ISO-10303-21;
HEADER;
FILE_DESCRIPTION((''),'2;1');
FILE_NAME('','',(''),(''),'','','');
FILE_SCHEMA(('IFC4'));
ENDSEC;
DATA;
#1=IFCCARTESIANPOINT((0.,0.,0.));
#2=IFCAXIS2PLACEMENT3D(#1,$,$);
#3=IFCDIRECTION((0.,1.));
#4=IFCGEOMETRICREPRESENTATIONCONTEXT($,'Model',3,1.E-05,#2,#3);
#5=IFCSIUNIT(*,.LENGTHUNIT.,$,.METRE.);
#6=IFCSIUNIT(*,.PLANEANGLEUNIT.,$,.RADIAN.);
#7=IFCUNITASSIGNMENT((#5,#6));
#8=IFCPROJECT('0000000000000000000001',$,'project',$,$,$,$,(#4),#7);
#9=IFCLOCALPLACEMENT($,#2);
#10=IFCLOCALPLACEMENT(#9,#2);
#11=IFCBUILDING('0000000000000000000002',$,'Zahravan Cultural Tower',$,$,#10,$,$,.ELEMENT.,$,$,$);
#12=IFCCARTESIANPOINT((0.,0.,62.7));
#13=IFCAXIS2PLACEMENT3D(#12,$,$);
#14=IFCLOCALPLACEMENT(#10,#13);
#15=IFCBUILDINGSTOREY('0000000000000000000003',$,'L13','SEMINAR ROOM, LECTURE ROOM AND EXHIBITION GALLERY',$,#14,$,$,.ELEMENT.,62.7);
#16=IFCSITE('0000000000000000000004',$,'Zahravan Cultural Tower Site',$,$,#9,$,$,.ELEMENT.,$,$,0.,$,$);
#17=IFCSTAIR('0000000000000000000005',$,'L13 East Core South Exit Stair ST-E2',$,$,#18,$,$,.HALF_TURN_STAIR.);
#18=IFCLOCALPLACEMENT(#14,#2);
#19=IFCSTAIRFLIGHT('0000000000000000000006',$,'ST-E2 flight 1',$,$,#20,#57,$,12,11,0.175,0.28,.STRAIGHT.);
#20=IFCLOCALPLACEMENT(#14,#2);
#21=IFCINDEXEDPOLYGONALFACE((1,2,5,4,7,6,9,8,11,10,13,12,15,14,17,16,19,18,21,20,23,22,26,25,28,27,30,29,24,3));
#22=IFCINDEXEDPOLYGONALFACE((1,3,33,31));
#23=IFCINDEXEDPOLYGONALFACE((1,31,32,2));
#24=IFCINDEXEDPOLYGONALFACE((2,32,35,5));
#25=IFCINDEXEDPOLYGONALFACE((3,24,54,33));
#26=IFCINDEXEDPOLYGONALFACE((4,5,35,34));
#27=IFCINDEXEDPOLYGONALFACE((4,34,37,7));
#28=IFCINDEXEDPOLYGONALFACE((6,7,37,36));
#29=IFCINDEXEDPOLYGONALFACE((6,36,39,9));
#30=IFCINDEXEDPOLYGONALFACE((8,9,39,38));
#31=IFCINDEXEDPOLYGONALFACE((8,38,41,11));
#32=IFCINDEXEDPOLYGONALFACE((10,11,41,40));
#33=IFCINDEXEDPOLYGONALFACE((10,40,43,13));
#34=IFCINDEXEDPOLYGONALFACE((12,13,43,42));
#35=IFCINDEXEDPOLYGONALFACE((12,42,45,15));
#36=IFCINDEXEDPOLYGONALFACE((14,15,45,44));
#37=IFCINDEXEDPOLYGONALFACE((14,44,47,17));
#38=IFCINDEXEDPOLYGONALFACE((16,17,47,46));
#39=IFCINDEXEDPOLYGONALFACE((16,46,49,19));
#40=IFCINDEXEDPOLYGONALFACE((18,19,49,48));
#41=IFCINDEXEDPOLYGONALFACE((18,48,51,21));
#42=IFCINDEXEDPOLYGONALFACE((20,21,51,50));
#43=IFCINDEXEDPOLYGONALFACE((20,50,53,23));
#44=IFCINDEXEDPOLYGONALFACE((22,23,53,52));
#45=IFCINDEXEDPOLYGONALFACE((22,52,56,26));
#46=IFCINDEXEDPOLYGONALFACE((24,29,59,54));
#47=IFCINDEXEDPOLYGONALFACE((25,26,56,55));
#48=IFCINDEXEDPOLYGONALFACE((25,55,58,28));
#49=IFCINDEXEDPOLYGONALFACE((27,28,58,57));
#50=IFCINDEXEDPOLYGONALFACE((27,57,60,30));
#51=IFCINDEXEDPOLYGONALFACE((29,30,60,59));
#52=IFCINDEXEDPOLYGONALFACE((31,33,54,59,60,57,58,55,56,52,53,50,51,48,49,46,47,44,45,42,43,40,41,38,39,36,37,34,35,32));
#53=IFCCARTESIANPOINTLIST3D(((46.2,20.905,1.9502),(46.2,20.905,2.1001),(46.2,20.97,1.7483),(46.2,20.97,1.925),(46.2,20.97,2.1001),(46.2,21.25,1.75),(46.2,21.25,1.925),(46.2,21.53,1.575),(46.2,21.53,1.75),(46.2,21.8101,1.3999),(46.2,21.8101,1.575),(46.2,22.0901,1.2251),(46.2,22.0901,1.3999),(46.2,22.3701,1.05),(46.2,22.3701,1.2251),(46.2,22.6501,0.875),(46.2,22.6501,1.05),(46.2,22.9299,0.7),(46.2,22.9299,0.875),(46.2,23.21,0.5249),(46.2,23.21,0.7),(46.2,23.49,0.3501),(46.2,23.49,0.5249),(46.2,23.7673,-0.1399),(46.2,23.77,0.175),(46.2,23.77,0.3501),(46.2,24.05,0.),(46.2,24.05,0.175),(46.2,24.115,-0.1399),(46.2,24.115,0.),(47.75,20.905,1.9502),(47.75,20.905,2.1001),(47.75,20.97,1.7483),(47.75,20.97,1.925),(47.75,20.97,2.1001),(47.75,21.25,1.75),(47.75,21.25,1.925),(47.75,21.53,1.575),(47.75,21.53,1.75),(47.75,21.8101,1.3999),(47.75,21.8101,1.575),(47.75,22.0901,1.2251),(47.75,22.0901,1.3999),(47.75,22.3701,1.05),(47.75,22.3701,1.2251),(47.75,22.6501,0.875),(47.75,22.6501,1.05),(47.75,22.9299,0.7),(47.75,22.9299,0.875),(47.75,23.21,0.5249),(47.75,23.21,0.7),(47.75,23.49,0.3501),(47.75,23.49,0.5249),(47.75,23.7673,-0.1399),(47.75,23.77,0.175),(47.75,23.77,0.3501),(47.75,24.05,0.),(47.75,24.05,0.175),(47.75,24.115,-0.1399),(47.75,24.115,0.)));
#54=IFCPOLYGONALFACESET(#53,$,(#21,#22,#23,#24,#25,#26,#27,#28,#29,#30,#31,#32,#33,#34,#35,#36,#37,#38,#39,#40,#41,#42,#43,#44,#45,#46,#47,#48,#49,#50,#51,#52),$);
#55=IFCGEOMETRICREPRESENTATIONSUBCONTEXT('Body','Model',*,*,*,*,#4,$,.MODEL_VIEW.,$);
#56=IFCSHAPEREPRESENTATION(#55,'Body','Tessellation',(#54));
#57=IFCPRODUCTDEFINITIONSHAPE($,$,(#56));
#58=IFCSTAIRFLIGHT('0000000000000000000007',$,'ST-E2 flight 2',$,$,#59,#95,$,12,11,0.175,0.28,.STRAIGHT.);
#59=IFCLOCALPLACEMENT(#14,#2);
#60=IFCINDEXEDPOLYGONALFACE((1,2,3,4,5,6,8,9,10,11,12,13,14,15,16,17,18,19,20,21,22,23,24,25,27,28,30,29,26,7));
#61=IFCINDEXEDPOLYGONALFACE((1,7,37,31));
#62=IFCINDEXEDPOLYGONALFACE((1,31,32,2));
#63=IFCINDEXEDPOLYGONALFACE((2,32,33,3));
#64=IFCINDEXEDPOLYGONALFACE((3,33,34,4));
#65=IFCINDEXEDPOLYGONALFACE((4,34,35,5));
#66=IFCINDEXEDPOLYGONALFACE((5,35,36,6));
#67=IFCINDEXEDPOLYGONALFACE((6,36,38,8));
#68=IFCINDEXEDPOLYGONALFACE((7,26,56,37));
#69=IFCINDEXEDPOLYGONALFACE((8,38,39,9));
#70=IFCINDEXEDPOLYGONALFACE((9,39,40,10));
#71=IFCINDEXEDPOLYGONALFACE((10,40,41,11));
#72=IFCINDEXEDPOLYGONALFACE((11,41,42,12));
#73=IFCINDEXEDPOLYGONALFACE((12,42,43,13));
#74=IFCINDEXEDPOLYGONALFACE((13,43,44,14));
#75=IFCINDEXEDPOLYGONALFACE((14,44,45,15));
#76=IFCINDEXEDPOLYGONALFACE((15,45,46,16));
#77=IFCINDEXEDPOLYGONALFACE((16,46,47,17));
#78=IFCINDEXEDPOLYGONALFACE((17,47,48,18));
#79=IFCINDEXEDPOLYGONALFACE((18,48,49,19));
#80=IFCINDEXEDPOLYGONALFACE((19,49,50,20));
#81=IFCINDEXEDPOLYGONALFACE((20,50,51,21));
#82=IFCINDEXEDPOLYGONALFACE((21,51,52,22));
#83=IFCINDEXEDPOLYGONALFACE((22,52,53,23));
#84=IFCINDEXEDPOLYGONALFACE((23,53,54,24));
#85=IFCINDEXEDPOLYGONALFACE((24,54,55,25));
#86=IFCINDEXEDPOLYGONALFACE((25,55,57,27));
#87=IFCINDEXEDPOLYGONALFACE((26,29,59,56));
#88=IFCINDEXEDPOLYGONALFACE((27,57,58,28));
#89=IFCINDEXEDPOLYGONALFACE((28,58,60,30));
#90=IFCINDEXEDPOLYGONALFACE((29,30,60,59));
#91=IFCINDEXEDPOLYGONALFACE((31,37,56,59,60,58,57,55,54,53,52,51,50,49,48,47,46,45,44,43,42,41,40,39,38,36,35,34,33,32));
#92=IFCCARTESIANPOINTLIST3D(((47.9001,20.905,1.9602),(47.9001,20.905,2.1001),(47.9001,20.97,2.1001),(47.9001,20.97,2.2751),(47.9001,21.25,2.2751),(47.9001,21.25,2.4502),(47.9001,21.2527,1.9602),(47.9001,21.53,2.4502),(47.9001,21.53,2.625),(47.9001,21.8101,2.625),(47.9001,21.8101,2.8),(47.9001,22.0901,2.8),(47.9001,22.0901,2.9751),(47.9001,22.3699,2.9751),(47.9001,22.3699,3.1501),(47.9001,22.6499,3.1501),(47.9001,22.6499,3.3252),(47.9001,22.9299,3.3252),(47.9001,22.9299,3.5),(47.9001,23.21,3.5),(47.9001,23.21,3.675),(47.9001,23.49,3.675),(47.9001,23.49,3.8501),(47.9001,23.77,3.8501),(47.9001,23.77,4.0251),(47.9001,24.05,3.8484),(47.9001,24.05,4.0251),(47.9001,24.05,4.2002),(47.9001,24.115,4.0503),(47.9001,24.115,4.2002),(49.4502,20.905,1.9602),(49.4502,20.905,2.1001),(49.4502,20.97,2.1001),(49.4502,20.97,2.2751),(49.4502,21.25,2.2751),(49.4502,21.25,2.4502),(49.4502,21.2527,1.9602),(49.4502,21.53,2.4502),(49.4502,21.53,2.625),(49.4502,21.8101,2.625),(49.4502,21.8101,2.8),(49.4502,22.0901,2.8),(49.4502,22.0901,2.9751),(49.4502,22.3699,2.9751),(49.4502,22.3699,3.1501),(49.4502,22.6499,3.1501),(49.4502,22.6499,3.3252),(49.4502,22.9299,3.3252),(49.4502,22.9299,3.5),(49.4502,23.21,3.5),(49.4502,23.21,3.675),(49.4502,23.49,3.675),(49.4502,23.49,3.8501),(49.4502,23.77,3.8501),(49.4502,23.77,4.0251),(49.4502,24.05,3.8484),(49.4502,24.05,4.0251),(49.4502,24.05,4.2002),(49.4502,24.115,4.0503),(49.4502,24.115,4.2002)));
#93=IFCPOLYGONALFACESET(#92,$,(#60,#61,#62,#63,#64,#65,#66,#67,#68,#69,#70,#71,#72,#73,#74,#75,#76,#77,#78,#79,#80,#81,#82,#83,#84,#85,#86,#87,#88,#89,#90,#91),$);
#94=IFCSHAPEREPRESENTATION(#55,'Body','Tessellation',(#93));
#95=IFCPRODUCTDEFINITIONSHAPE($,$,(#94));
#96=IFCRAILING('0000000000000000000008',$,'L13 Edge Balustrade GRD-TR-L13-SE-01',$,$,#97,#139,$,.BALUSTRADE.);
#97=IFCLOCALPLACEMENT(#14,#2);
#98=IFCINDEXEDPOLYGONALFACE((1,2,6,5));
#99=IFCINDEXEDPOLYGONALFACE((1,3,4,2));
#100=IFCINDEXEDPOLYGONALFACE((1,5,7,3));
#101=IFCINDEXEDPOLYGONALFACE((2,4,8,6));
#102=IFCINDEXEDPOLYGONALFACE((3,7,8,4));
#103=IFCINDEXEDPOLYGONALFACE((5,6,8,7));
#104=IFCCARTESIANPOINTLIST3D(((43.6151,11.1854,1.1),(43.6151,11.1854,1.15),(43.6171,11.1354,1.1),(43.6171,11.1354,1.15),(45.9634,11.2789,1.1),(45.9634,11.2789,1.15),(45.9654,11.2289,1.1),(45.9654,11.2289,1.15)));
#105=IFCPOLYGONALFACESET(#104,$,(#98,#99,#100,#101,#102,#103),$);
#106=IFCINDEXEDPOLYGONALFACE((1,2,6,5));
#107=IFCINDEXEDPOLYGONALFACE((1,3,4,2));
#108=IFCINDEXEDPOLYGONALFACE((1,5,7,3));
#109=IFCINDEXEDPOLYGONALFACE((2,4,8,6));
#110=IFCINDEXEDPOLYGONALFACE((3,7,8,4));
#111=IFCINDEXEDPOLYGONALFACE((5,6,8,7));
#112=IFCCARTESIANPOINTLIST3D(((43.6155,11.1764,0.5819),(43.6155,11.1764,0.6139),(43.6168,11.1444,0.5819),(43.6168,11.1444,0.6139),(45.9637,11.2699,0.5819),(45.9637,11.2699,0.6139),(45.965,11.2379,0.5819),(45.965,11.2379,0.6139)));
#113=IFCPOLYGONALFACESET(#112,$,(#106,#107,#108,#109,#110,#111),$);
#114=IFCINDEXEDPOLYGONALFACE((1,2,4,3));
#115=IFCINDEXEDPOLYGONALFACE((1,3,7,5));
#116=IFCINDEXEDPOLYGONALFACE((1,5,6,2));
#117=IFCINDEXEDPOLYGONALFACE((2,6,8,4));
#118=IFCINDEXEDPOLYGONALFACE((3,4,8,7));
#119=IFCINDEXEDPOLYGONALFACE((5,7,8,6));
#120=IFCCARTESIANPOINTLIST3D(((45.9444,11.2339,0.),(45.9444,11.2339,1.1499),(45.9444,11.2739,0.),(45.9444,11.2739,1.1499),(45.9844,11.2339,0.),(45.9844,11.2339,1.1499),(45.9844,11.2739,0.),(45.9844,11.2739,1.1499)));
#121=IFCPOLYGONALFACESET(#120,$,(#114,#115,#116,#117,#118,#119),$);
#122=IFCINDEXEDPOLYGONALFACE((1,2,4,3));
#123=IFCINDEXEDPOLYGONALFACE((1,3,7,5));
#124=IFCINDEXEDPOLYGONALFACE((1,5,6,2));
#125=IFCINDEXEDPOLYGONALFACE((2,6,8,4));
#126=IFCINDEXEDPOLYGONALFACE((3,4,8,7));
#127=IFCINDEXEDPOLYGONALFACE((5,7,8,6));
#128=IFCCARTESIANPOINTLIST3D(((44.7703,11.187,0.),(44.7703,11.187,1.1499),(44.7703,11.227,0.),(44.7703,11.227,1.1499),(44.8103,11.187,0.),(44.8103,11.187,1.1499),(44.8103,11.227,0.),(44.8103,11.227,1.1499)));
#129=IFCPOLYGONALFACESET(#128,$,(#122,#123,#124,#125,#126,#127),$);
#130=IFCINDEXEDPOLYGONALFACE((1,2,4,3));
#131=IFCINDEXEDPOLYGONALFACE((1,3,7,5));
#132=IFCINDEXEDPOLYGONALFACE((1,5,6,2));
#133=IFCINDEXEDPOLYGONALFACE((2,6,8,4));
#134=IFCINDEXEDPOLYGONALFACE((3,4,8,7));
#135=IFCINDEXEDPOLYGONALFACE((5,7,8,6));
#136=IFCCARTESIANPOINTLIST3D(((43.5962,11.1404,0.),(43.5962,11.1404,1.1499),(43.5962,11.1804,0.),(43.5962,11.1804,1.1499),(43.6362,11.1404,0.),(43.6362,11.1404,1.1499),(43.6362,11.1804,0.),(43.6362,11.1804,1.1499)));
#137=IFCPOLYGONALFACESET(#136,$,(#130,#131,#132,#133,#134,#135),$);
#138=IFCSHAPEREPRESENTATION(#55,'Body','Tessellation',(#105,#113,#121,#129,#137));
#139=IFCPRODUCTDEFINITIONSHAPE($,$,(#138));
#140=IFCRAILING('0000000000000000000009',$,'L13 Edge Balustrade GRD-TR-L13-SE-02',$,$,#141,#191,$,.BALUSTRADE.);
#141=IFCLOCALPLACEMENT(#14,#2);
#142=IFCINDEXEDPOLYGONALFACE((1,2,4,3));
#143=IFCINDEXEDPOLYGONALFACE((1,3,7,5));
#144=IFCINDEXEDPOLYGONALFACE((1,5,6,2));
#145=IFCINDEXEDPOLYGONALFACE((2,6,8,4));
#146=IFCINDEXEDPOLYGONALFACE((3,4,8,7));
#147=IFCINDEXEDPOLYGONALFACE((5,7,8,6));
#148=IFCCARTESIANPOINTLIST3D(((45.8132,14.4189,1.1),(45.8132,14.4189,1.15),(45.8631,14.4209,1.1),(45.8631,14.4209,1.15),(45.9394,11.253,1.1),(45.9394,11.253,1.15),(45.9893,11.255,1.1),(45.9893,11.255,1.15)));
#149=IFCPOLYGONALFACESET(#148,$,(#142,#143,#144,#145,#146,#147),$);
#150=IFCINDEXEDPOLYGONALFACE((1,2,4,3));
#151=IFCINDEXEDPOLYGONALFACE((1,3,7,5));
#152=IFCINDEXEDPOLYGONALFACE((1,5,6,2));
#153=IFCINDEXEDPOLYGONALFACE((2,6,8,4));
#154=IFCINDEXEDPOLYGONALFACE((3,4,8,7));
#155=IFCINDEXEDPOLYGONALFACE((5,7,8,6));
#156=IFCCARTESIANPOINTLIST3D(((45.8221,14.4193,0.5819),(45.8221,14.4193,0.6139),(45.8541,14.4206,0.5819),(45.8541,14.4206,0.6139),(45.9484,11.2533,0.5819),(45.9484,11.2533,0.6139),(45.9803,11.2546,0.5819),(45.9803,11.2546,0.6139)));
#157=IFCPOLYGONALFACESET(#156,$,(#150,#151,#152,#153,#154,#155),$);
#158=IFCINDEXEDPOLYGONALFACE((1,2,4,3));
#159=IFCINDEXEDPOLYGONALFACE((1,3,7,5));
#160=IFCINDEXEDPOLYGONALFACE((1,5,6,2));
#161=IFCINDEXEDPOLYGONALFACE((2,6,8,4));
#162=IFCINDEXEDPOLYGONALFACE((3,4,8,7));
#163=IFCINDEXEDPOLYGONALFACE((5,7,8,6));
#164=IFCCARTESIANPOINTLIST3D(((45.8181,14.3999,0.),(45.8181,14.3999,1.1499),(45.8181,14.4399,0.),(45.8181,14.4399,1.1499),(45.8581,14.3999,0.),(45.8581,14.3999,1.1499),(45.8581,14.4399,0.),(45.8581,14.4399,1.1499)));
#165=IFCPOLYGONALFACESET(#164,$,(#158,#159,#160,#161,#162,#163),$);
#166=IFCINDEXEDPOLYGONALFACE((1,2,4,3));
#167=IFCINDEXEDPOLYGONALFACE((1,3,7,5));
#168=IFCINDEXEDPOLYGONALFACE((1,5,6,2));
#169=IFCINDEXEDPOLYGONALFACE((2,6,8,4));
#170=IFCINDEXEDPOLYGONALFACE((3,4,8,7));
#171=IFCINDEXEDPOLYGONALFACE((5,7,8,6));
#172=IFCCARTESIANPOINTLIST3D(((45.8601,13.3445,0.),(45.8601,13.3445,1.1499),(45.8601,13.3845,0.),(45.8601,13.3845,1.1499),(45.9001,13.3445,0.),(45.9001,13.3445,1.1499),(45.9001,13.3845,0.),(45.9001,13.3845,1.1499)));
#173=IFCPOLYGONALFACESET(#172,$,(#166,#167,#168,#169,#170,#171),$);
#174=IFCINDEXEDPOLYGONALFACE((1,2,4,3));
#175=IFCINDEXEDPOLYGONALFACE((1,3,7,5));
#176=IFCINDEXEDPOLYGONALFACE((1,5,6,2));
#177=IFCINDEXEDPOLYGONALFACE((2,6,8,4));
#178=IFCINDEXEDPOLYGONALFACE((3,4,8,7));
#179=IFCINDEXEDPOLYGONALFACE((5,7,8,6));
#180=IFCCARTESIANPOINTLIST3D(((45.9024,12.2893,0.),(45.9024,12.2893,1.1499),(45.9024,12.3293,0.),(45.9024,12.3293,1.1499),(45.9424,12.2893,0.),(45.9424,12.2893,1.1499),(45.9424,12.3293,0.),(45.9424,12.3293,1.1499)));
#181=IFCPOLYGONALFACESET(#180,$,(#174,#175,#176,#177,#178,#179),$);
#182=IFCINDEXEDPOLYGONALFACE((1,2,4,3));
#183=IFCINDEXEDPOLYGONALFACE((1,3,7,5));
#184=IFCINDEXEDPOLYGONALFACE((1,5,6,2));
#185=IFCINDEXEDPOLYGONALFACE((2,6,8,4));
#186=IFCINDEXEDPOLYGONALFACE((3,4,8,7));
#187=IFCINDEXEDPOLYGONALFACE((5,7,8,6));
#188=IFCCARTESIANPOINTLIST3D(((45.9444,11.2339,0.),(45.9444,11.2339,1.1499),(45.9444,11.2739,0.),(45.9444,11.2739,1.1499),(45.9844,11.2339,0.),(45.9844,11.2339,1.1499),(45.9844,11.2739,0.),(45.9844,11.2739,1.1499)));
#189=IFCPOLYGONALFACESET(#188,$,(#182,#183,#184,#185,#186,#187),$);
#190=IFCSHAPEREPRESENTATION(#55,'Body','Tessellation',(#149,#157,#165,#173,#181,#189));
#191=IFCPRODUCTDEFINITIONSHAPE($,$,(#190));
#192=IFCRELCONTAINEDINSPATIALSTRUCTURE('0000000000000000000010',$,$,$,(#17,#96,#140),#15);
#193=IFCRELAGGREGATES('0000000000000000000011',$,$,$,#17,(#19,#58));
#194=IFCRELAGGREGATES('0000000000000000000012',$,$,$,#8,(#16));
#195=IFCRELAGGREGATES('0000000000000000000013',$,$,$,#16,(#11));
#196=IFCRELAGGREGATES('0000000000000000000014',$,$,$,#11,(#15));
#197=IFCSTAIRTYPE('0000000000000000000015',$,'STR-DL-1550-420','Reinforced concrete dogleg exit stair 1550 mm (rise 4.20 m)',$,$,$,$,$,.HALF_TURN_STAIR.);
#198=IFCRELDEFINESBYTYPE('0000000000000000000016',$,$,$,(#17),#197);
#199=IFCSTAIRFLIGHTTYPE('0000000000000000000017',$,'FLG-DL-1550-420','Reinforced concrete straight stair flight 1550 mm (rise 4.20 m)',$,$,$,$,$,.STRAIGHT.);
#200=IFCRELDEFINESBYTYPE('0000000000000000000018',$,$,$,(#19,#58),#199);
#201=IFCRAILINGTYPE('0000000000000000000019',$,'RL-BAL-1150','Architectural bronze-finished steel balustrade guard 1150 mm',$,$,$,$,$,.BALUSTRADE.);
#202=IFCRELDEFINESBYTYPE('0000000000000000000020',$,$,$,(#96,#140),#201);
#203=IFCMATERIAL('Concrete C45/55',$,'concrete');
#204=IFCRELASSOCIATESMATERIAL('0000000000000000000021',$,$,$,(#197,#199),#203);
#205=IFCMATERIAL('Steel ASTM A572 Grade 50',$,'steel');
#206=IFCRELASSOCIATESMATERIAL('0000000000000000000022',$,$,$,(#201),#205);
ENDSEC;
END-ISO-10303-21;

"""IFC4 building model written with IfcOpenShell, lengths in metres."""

from ifc_helpers import new_model, si_unit, direction, frame, origin, origin_2d, place, context, subcontext, project, spatial, polyline, rectangle, outline, extrude, material, type_object, element, aggregate, save


model = new_model("IFC4")

# Units and contexts
model_context = context("Model", 3, precision=1e-05, world=origin(), true_north=direction((0.0, 1.0)))
body_context = subcontext(model_context, "Body", "Model", "MODEL_VIEW")
ifc_project = project(units=[si_unit("LENGTHUNIT", "METRE"), si_unit("PLANEANGLEUNIT", "RADIAN")], contexts=[model_context])

# Site, building, storey
site_placement = place(None, origin())
site = spatial("IfcSite", under=ifc_project, at=site_placement, Name="Zahravan Cultural Tower Site", CompositionType="ELEMENT", RefElevation=0.0)
building_placement = place(site_placement, origin())
building = spatial("IfcBuilding", under=site, at=building_placement, Name="Zahravan Cultural Tower", CompositionType="ELEMENT")
storey_placement = place(building_placement, frame((0.0, 0.0, 62.7)))
storey = spatial("IfcBuildingStorey", under=building, at=storey_placement, Name="L13", Description="SEMINAR ROOM, LECTURE ROOM AND EXHIBITION GALLERY", CompositionType="ELEMENT", Elevation=62.7)

# Shared definitions
ifc_material_1 = material(Name="Concrete C45/55", Category="concrete")
ifc_material_2 = material(Name="Steel ASTM A572 Grade 50", Category="steel")

# Stair, stair flights
stair_type = type_object("IfcStairType", Name="STR-DL-1550-420", Description="Reinforced concrete dogleg exit stair 1550 mm (rise 4.20 m)", PredefinedType="HALF_TURN_STAIR", material=ifc_material_1)
stair_placement = place(storey_placement, origin())
stair = element("IfcStair", 1, at=stair_placement, inside=storey, type_object=stair_type, Name="L13 East Core South Exit Stair ST-E2", PredefinedType="HALF_TURN_STAIR")
stair_flight_type = type_object("IfcStairFlightType", Name="FLG-DL-1550-420", Description="Reinforced concrete straight stair flight 1550 mm (rise 4.20 m)", PredefinedType="STRAIGHT", material=ifc_material_1)
stair_flight_1_placement = place(storey_placement, frame((46.9751, 24.05, 0.0), z_axis=(0.0, 0.0, 1.0), x_axis=(0.0, -1.0, 0.0)))
stair_flight_1 = element("IfcStairFlight", 2, at=stair_flight_1_placement, type_object=stair_flight_type, Name="ST-E2 flight 1", NumberOfRisers=12, NumberOfTreads=11, PredefinedType="STRAIGHT", RiserHeight=0.175, TreadLength=0.28, context=body_context, shape_type="SweptSolid", body=[
    extrude(outline(polyline([(-0.0649, -0.1399), (-0.0649, 0.0), (0.0, 0.0), (0.0, 0.175), (0.28, 0.175), (0.28, 0.3501), (0.5601, 0.3501), (0.5601, 0.5249), (0.8401, 0.5249), (0.8401, 0.7), (1.1201, 0.7), (1.1201, 0.875), (1.3999, 0.875), (1.3999, 1.05), (1.6799, 1.05), (1.6799, 1.2251), (1.96, 1.2251), (1.96, 1.3999), (2.24, 1.3999), (2.24, 1.575), (2.52, 1.575), (2.52, 1.75), (2.8, 1.75), (2.8, 1.925), (3.0801, 1.925), (3.0801, 2.1001), (3.145, 2.1001), (3.145, 1.9502), (3.0801, 1.7483), (0.2827, -0.1399), (-0.0649, -0.1399)])), frame((0.0, 0.7749, 0.0), z_axis=(0.0, -1.0, 0.0), x_axis=(1.0, 0.0, 0.0)), (0.0, 0.0, 1.0), 1.55),
])
stair_flight_2_placement = place(storey_placement, frame((48.675, 20.97, 2.1001), z_axis=(0.0, 0.0, 1.0), x_axis=(0.0, 1.0, 0.0)))
stair_flight_2 = element("IfcStairFlight", 3, at=stair_flight_2_placement, type_object=stair_flight_type, Name="ST-E2 flight 2", NumberOfRisers=12, NumberOfTreads=11, PredefinedType="STRAIGHT", RiserHeight=0.175, TreadLength=0.28, context=body_context, shape_type="SweptSolid", body=[
    extrude(outline(polyline([(-0.0649, -0.1399), (-0.0649, 0.0), (0.0, 0.0), (0.0, 0.175), (0.28, 0.175), (0.28, 0.3501), (0.5601, 0.3501), (0.5601, 0.5249), (0.8401, 0.5249), (0.8401, 0.7), (1.1201, 0.7), (1.1201, 0.875), (1.3999, 0.875), (1.3999, 1.05), (1.6799, 1.05), (1.6799, 1.2251), (1.96, 1.2251), (1.96, 1.3999), (2.24, 1.3999), (2.24, 1.575), (2.52, 1.575), (2.52, 1.75), (2.8, 1.75), (2.8, 1.925), (3.0801, 1.925), (3.0801, 2.1001), (3.145, 2.1001), (3.145, 1.9502), (3.0801, 1.7483), (0.2827, -0.1399), (-0.0649, -0.1399)])), frame((0.0, 0.7749, 0.0), z_axis=(0.0, -1.0, 0.0), x_axis=(1.0, 0.0, 0.0)), (0.0, 0.0, 1.0), 1.55),
])
aggregate(stair, [stair_flight_1, stair_flight_2])

# Railings
railing_type_1 = type_object("IfcRailingType", Name="RL-BAL-1150", Description="Architectural bronze-finished steel balustrade guard 1150 mm", PredefinedType="BALUSTRADE", material=ifc_material_2)
railing_1_placement = place(storey_placement, frame((45.9644, 11.2539, 0.0)))
element("IfcRailing", 4, at=railing_1_placement, inside=storey, type_object=railing_type_1, Name="L13 Edge Balustrade GRD-TR-L13-SE-01", PredefinedType="BALUSTRADE", context=body_context, shape_type="SweptSolid", body=[
    extrude(rectangle(XDim=0.05, YDim=0.05, at=origin_2d()), frame((0.0, 0.0, 1.125), z_axis=(-0.999208, -0.03979, 0.0), x_axis=(0.03979, -0.999208, 0.0)), (0.0, 0.0, 1.0), 2.3501),
    extrude(rectangle(XDim=0.032, YDim=0.032, at=origin_2d()), frame((0.0, 0.0, 0.5979), z_axis=(-0.999208, -0.03979, 0.0), x_axis=(0.03979, -0.999208, 0.0)), (0.0, 0.0, 1.0), 2.3501),
    extrude(rectangle(XDim=0.04, YDim=0.04, at=origin_2d()), origin(), (0.0, 0.0, 1.0), 1.1499),
    extrude(rectangle(XDim=0.04, YDim=0.04, at=origin_2d()), frame((-1.1741, -0.0469, 0.0)), (0.0, 0.0, 1.0), 1.1499),
    extrude(rectangle(XDim=0.04, YDim=0.04, at=origin_2d()), frame((-2.3481, -0.0935, 0.0)), (0.0, 0.0, 1.0), 1.1499),
])
railing_2_placement = place(storey_placement, frame((45.8381, 14.4199, 0.0)))
element("IfcRailing", 5, at=railing_2_placement, inside=storey, type_object=railing_type_1, Name="L13 Edge Balustrade GRD-TR-L13-SE-02", PredefinedType="BALUSTRADE", context=body_context, shape_type="SweptSolid", body=[
    extrude(rectangle(XDim=0.05, YDim=0.05, at=origin_2d()), frame((0.0, 0.0, 1.125), z_axis=(0.039836, -0.999206, 0.0), x_axis=(0.999206, 0.039836, 0.0)), (0.0, 0.0, 1.0), 3.1685),
    extrude(rectangle(XDim=0.032, YDim=0.032, at=origin_2d()), frame((0.0, 0.0, 0.5979), z_axis=(0.039836, -0.999206, 0.0), x_axis=(0.999206, 0.039836, 0.0)), (0.0, 0.0, 1.0), 3.1685),
    extrude(rectangle(XDim=0.04, YDim=0.04, at=origin_2d()), origin(), (0.0, 0.0, 1.0), 1.1499),
    extrude(rectangle(XDim=0.04, YDim=0.04, at=origin_2d()), frame((0.042, -1.0554, 0.0)), (0.0, 0.0, 1.0), 1.1499),
    extrude(rectangle(XDim=0.04, YDim=0.04, at=origin_2d()), frame((0.0842, -2.1106, 0.0)), (0.0, 0.0, 1.0), 1.1499),
    extrude(rectangle(XDim=0.04, YDim=0.04, at=origin_2d()), frame((0.1262, -3.166, 0.0)), (0.0, 0.0, 1.0), 1.1499),
])

save(model, "model.ifc")
